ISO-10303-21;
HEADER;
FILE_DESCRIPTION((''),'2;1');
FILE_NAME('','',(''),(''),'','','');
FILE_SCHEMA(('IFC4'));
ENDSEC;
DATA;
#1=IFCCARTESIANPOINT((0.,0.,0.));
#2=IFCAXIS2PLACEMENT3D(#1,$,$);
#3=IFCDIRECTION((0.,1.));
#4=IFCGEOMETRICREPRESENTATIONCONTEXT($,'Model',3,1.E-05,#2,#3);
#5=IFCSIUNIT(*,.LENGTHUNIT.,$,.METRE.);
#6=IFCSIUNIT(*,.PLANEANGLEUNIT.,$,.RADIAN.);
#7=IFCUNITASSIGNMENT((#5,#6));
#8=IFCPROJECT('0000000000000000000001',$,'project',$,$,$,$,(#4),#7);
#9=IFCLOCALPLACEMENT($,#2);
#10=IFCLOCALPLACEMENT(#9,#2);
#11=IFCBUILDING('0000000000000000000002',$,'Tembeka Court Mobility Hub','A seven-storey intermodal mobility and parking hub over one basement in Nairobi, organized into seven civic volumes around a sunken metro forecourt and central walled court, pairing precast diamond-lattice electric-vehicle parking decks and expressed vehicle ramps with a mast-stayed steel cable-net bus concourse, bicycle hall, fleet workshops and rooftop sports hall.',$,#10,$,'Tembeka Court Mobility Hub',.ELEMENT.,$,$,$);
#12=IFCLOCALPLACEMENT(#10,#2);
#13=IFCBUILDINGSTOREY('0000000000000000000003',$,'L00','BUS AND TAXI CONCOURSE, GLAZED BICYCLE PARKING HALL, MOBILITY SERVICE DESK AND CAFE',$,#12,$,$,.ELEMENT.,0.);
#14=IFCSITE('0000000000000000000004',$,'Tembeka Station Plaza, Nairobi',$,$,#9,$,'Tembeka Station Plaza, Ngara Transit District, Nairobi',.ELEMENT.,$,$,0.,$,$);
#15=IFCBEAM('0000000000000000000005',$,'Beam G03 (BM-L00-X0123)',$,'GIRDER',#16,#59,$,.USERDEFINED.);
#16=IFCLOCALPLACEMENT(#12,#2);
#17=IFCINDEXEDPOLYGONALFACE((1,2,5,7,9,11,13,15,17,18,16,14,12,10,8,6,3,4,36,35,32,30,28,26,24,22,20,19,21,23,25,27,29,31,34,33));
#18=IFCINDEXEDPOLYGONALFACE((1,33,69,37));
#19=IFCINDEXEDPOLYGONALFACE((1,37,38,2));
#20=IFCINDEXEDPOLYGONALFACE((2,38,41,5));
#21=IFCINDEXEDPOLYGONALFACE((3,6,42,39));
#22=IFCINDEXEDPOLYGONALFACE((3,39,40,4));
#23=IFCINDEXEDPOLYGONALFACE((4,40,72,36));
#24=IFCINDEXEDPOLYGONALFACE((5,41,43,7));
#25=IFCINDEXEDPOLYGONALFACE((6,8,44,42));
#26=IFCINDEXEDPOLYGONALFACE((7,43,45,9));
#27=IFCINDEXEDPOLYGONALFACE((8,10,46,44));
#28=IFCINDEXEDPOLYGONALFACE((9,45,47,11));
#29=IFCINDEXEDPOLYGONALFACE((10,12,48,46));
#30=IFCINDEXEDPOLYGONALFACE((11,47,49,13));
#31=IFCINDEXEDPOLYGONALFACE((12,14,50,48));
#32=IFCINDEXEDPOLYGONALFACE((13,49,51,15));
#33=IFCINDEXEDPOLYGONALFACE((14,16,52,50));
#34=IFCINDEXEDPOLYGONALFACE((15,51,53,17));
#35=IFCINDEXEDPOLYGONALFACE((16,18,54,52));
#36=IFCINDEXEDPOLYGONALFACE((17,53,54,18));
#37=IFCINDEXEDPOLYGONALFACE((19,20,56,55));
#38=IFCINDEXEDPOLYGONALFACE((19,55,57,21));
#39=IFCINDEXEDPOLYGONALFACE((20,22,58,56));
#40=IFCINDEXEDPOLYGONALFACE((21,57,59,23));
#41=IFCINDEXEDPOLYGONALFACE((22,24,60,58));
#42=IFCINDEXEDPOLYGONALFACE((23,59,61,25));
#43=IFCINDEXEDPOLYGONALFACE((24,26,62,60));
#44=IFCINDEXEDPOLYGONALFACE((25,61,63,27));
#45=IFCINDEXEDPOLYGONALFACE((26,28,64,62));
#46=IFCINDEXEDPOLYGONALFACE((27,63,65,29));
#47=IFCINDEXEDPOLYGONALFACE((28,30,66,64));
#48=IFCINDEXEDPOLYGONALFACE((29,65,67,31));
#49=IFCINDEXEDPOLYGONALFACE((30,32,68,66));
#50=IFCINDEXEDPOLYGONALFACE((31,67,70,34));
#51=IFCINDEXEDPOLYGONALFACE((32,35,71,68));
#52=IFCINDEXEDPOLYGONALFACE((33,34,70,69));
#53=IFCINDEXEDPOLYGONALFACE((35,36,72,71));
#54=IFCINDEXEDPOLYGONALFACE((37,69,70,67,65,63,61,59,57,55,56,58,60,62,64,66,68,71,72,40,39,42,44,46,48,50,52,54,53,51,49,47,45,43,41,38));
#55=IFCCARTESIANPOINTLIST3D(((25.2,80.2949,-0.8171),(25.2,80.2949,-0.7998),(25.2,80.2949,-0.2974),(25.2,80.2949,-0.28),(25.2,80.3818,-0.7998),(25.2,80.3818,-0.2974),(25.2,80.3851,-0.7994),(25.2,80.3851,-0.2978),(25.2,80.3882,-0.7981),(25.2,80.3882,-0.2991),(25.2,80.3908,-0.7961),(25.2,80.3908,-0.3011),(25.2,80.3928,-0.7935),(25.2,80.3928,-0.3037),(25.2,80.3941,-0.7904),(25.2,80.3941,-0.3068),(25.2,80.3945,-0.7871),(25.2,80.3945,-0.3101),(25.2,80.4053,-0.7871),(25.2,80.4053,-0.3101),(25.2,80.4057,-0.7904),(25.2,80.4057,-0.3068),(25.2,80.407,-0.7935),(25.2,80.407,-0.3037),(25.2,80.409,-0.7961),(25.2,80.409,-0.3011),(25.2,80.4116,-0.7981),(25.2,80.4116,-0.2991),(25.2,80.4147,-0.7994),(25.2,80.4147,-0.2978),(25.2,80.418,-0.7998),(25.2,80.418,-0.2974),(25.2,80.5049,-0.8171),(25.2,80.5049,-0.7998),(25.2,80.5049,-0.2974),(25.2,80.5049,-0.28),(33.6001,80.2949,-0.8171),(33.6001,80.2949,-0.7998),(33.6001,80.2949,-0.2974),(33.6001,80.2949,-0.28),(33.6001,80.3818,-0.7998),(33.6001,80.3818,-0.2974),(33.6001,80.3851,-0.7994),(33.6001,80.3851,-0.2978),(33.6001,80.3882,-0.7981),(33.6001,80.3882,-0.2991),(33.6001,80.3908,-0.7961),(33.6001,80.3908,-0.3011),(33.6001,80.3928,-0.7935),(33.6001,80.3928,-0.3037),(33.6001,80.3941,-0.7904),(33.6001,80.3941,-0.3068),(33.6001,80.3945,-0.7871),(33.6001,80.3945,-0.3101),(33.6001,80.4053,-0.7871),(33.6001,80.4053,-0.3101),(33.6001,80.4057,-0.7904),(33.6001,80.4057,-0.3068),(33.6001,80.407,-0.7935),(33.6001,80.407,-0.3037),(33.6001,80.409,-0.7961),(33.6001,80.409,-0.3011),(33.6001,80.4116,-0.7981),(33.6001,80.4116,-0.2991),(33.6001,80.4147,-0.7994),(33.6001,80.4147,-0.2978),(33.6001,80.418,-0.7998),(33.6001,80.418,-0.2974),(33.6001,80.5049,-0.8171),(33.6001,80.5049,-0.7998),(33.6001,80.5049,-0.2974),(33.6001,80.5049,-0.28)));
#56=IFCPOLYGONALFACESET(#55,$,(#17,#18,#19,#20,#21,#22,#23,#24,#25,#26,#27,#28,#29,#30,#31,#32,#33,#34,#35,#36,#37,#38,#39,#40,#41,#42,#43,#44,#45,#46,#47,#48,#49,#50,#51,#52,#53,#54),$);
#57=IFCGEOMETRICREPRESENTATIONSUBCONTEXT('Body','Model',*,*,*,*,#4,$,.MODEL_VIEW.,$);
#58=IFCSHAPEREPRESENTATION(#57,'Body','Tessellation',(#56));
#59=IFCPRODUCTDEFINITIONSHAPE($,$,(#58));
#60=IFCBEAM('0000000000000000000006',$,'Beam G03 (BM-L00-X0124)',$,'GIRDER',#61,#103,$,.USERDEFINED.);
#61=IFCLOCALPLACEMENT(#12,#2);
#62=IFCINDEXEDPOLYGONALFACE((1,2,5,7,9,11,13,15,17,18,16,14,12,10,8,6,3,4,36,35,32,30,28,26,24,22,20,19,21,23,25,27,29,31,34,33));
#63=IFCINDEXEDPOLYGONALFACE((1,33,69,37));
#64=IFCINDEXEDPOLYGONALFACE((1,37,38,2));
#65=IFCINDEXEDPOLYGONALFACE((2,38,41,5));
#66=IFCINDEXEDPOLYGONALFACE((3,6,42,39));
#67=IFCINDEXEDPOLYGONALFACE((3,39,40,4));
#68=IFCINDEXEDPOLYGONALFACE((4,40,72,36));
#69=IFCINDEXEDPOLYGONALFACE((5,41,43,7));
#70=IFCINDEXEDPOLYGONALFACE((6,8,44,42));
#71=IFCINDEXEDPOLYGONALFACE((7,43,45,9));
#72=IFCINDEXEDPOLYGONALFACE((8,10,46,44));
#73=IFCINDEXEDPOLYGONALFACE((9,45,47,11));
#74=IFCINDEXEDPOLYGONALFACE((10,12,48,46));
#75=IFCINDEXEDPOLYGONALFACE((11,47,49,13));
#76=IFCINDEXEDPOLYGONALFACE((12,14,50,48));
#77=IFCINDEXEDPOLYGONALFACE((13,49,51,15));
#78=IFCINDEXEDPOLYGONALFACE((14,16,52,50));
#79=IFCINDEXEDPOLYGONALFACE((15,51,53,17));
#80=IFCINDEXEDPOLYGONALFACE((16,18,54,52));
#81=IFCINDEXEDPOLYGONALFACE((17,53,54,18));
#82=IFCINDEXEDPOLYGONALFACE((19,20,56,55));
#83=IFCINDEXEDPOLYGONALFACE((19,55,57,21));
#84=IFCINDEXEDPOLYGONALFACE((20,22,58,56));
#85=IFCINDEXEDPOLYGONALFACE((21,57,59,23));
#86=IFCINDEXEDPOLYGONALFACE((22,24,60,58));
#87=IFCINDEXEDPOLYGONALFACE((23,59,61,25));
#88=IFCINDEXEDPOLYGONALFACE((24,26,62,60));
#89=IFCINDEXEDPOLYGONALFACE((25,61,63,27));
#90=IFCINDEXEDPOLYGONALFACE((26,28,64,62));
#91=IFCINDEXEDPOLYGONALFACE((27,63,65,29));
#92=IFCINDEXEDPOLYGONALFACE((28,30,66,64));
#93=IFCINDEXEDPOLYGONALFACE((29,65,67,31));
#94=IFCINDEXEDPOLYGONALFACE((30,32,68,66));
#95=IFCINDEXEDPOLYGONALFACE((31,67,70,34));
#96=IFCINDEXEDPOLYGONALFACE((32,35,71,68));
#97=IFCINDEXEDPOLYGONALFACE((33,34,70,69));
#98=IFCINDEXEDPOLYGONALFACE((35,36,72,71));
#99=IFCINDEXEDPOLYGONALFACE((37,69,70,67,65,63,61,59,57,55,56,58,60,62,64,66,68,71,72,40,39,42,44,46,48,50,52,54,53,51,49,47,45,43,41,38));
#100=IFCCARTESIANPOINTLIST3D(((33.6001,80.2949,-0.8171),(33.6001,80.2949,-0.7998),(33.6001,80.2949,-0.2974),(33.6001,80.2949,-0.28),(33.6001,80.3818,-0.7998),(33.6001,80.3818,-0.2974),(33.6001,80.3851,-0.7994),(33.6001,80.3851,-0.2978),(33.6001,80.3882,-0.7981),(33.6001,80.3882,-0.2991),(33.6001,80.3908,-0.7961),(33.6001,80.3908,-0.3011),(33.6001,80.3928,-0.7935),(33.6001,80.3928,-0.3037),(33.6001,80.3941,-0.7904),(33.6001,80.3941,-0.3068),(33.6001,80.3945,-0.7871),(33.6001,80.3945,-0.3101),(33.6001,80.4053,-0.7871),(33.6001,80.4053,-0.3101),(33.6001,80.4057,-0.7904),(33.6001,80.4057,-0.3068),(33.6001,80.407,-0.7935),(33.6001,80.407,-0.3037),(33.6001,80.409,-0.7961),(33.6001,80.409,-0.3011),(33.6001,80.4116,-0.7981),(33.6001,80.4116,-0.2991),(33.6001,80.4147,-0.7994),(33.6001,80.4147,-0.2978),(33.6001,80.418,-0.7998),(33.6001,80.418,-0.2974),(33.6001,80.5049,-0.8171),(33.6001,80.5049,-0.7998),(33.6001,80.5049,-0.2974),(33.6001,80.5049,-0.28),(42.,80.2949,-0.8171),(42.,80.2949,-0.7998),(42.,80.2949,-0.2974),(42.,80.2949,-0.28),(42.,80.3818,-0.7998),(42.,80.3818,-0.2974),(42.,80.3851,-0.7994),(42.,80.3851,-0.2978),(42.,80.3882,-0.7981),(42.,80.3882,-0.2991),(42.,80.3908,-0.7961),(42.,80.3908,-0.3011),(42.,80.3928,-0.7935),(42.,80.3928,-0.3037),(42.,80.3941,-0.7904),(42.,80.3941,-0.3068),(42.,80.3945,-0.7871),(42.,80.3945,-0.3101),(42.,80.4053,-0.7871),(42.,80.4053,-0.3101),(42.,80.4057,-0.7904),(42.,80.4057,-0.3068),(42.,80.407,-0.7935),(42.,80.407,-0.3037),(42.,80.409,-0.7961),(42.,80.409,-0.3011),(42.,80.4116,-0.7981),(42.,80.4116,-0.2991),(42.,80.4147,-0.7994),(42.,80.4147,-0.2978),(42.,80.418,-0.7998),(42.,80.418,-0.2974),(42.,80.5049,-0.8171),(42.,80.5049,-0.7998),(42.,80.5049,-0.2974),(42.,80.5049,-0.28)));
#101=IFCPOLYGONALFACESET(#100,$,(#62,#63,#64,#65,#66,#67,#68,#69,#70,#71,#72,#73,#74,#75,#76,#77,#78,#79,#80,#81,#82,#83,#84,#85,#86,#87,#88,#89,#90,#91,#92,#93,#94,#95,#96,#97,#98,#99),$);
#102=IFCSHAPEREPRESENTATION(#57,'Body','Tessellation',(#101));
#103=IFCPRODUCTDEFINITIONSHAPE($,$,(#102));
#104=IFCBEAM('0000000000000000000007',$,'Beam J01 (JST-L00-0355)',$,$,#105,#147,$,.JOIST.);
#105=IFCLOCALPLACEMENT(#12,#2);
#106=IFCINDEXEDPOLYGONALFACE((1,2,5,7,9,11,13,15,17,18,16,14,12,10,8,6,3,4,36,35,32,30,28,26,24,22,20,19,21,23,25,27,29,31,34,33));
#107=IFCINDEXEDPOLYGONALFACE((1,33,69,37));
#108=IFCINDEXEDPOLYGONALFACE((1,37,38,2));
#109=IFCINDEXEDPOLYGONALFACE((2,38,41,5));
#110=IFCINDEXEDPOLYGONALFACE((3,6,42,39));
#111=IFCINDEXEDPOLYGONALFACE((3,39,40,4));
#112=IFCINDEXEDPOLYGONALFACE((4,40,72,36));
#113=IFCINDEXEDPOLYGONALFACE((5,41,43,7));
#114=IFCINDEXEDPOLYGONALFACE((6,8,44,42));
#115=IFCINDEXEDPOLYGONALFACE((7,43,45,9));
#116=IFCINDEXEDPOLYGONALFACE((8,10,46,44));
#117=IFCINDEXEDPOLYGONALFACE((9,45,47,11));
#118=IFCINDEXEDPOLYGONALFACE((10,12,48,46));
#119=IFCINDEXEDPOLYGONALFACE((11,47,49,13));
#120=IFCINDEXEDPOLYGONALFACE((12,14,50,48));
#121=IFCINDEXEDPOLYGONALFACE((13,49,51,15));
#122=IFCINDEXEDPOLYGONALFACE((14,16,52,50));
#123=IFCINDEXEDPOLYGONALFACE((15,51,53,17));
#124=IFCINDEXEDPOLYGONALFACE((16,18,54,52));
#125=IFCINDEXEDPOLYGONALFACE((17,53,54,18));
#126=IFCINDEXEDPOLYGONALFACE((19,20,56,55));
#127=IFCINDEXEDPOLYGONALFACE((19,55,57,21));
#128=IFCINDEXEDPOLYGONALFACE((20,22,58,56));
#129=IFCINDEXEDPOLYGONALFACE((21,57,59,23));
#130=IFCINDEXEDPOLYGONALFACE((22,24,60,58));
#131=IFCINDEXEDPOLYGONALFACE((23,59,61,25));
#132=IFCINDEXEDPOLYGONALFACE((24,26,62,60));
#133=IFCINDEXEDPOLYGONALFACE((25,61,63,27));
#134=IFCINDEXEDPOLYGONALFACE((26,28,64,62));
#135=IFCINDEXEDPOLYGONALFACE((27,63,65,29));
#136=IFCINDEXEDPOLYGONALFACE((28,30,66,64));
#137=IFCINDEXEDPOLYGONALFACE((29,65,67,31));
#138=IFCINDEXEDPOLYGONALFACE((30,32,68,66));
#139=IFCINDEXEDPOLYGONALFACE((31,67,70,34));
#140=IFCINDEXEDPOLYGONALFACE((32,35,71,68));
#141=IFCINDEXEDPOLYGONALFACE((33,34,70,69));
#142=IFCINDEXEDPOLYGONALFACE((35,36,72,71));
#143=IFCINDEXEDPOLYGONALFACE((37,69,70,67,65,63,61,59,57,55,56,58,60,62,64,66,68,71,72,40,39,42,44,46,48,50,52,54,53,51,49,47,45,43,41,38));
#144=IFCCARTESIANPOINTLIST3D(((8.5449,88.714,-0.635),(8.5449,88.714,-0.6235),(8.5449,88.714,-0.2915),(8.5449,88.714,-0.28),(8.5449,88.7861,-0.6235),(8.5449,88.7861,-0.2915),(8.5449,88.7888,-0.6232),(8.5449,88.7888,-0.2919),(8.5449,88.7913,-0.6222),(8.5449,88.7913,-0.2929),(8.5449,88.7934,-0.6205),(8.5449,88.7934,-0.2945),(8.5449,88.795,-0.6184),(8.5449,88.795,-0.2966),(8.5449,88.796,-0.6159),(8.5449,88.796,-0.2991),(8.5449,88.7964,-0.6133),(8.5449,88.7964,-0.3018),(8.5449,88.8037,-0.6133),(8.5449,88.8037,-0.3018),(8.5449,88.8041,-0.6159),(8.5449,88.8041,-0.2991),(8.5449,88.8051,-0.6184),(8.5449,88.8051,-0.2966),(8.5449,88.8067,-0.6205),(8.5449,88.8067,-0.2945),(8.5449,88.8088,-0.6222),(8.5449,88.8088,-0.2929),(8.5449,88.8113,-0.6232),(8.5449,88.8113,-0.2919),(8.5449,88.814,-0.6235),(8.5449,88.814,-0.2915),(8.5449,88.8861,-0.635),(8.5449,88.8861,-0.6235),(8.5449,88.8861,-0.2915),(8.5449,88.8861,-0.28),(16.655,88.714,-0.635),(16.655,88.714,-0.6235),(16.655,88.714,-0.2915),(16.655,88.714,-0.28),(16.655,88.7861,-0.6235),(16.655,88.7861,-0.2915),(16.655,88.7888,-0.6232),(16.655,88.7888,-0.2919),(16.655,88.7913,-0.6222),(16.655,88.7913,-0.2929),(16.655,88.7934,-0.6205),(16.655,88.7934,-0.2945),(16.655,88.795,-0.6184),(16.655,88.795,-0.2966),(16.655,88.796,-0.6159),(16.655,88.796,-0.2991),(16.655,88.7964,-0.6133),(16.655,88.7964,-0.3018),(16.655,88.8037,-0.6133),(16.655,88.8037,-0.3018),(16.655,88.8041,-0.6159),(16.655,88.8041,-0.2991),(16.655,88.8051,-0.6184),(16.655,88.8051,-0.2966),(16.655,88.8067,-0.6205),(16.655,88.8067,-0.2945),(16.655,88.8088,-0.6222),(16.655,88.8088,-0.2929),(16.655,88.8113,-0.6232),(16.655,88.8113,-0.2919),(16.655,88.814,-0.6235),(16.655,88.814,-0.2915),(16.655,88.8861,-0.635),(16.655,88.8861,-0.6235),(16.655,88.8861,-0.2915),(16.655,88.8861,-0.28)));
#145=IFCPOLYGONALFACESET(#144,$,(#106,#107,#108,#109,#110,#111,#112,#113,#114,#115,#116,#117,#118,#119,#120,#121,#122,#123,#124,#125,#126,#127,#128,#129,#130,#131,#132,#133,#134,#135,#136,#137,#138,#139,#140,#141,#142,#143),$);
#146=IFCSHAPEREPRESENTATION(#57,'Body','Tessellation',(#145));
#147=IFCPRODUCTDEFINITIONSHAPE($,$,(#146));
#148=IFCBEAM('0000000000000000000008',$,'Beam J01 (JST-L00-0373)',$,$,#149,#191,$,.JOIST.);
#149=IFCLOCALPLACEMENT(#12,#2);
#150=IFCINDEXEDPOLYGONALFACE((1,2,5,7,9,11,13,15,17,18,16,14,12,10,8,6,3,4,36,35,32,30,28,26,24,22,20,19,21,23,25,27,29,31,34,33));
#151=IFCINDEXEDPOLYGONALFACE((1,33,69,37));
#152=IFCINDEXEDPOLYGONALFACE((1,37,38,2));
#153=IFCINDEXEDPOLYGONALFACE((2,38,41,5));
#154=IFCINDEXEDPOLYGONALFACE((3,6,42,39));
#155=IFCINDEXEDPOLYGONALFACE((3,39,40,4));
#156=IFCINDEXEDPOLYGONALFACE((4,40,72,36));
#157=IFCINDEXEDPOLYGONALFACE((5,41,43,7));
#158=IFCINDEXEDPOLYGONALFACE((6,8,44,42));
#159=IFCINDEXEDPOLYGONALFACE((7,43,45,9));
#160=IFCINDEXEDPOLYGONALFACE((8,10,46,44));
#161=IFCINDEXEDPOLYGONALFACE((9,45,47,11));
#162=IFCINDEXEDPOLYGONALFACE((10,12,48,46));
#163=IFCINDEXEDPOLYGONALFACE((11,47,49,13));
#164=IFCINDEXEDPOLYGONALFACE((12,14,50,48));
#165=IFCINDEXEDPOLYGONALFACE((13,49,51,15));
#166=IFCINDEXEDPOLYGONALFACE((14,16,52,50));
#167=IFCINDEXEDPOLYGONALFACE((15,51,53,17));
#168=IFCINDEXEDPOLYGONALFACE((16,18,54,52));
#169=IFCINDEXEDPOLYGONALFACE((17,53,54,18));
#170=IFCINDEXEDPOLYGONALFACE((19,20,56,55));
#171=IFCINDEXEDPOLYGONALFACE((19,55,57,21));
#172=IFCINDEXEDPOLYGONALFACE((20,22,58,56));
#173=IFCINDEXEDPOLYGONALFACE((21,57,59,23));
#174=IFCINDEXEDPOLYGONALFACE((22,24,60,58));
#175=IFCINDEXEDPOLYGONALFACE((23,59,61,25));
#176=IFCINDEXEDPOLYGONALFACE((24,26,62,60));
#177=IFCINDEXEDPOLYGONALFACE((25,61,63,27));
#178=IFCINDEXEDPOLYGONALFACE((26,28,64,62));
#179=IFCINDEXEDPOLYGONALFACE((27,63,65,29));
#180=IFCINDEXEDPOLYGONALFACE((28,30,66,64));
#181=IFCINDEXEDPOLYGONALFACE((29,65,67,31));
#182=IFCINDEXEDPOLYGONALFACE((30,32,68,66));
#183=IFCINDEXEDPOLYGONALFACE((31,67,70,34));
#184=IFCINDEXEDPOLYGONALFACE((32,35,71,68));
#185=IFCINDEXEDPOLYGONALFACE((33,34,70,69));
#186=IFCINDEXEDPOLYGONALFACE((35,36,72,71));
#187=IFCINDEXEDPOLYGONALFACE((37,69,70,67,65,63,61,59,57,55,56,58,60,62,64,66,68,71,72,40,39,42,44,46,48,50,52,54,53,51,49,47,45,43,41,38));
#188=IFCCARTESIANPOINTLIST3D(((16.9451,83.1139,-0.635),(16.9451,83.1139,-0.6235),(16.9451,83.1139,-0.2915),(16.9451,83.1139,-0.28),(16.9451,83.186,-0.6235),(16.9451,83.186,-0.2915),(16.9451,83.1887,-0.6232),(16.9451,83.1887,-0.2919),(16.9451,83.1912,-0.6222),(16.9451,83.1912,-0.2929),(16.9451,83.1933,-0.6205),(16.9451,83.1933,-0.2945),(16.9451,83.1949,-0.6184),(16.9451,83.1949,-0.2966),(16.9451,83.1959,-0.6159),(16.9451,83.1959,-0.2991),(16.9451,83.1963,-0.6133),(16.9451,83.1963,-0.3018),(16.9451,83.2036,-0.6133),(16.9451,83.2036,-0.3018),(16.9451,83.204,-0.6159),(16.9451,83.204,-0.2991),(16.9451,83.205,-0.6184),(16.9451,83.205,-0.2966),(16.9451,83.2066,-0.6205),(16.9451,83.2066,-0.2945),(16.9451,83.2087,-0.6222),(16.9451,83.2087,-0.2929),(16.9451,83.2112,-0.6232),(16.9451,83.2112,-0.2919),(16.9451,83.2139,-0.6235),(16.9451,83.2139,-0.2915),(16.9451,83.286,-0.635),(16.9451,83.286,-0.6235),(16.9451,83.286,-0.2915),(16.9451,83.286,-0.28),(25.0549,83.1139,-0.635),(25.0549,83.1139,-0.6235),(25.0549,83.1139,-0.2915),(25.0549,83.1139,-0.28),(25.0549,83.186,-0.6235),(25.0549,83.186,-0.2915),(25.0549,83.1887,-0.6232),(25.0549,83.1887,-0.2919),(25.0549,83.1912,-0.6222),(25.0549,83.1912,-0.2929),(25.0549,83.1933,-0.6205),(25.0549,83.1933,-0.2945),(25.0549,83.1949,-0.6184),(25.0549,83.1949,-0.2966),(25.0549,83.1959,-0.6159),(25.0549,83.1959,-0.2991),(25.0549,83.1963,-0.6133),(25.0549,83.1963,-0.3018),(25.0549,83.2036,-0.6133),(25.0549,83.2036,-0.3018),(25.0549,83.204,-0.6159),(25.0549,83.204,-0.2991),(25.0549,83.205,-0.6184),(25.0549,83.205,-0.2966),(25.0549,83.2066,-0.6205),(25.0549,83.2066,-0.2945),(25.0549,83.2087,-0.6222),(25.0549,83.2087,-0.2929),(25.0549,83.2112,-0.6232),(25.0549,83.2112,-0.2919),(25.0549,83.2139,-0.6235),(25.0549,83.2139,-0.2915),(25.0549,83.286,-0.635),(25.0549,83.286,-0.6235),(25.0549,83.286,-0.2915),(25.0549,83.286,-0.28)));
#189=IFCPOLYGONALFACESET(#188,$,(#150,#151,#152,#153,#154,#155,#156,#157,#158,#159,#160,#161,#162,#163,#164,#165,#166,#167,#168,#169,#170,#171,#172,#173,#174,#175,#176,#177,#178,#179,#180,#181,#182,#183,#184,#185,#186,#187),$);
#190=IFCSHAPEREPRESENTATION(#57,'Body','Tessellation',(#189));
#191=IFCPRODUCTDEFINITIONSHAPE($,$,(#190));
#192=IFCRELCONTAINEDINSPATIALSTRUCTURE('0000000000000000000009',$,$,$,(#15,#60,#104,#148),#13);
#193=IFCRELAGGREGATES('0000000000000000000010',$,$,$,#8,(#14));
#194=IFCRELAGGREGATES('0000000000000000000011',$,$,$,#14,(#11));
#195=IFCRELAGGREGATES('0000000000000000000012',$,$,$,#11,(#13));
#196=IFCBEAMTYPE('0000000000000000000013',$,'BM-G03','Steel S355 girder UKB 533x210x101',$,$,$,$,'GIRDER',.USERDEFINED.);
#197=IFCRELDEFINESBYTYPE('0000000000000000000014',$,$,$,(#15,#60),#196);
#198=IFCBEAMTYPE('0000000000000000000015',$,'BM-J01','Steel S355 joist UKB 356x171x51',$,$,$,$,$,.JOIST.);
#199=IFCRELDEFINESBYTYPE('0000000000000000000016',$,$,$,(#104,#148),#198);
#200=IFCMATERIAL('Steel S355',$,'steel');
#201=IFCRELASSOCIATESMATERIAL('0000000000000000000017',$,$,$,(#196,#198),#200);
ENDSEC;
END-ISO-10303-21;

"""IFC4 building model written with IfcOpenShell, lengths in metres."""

from ifc_helpers import new_model, si_unit, direction, frame, origin, origin_2d, place, context, subcontext, project, spatial, i_section, extrude, material, material_profile, profile_set, type_object, element, save


model = new_model("IFC4")

# Units and contexts
model_context = context("Model", 3, precision=1e-05, world=origin(), true_north=direction((0.0, 1.0)))
body_context = subcontext(model_context, "Body", "Model", "MODEL_VIEW")
ifc_project = project(units=[si_unit("LENGTHUNIT", "METRE"), si_unit("PLANEANGLEUNIT", "RADIAN")], contexts=[model_context])

# Site, building, storey
site_placement = place(None, origin())
site = spatial("IfcSite", under=ifc_project, at=site_placement, Name="Tembeka Station Plaza, Nairobi", LongName="Tembeka Station Plaza, Ngara Transit District, Nairobi", CompositionType="ELEMENT", RefElevation=0.0)
building_placement = place(site_placement, origin())
building = spatial("IfcBuilding", under=site, at=building_placement, Name="Tembeka Court Mobility Hub", Description="A seven-storey intermodal mobility and parking hub over one basement in Nairobi, organized into seven civic volumes around a sunken metro forecourt and central walled court, pairing precast diamond-lattice electric-vehicle parking decks and expressed vehicle ramps with a mast-stayed steel cable-net bus concourse, bicycle hall, fleet workshops and rooftop sports hall.", LongName="Tembeka Court Mobility Hub", CompositionType="ELEMENT")
storey_placement = place(building_placement, origin())
storey = spatial("IfcBuildingStorey", under=building, at=storey_placement, Name="L00", Description="BUS AND TAXI CONCOURSE, GLAZED BICYCLE PARKING HALL, MOBILITY SERVICE DESK AND CAFE", CompositionType="ELEMENT", Elevation=0.0)

# Shared definitions
ifc_material = material(Name="Steel S355", Category="steel")

# Beams
ifc_material_profile_1 = material_profile(ifc_material, i_section(OverallWidth=0.21, OverallDepth=0.5371, WebThickness=0.0107, FlangeThickness=0.0173, FilletRadius=0.0127, at=origin_2d()), Name="UKB 533x210x101")
ifc_profile_set_1 = profile_set([ifc_material_profile_1], Name="Steel S355")
beam_type_1 = type_object("IfcBeamType", Name="BM-G03", Description="Steel S355 girder UKB 533x210x101", ElementType="GIRDER", PredefinedType="USERDEFINED", material=ifc_profile_set_1)
beam_1_placement = place(storey_placement, frame((25.2, 80.3999, -0.5486), z_axis=(1.0, 0.0, 0.0), x_axis=(0.0, 1.0, 0.0)))
element("IfcBeam", 1, at=beam_1_placement, inside=storey, type_object=beam_type_1, Name="Beam G03 (BM-L00-X0123)", ObjectType="GIRDER", PredefinedType="USERDEFINED", context=body_context, shape_type="SweptSolid", body=[
    extrude(i_section(OverallWidth=0.21, OverallDepth=0.5371, WebThickness=0.0107, FlangeThickness=0.0173, FilletRadius=0.0127, at=origin_2d()), origin(), (0.0, 0.0, 1.0), 8.4001),
])
beam_2_placement = place(storey_placement, frame((33.6001, 80.3999, -0.5486), z_axis=(1.0, 0.0, 0.0), x_axis=(0.0, 1.0, 0.0)))
element("IfcBeam", 2, at=beam_2_placement, inside=storey, type_object=beam_type_1, Name="Beam G03 (BM-L00-X0124)", ObjectType="GIRDER", PredefinedType="USERDEFINED", context=body_context, shape_type="SweptSolid", body=[
    extrude(i_section(OverallWidth=0.21, OverallDepth=0.5371, WebThickness=0.0107, FlangeThickness=0.0173, FilletRadius=0.0127, at=origin_2d()), origin(), (0.0, 0.0, 1.0), 8.3999),
])
ifc_material_profile_2 = material_profile(ifc_material, i_section(OverallWidth=0.1721, OverallDepth=0.355, WebThickness=0.0073, FlangeThickness=0.0115, FilletRadius=0.0103, at=origin_2d()), Name="UKB 356x171x51")
ifc_profile_set_2 = profile_set([ifc_material_profile_2], Name="Steel S355")
beam_type_2 = type_object("IfcBeamType", Name="BM-J01", Description="Steel S355 joist UKB 356x171x51", PredefinedType="JOIST", material=ifc_profile_set_2)
beam_3_placement = place(storey_placement, frame((8.5449, 88.8, -0.4575), z_axis=(1.0, 0.0, 0.0), x_axis=(0.0, 1.0, 0.0)))
element("IfcBeam", 3, at=beam_3_placement, inside=storey, type_object=beam_type_2, Name="Beam J01 (JST-L00-0355)", PredefinedType="JOIST", context=body_context, shape_type="SweptSolid", body=[
    extrude(i_section(OverallWidth=0.1721, OverallDepth=0.355, WebThickness=0.0073, FlangeThickness=0.0115, FilletRadius=0.0103, at=origin_2d()), origin(), (0.0, 0.0, 1.0), 8.1101),
])
for number, where, z_axis, x_axis, name in (
    (4, (16.9451, 83.2, -0.4575), (1.0, 0.0, 0.0), (0.0, 1.0, 0.0), "Beam J01 (JST-L00-0373)"),
):
    element("IfcBeam", number, at=place(storey_placement, frame(where, z_axis=z_axis, x_axis=x_axis)), inside=storey, type_object=beam_type_2, Name=name, PredefinedType="JOIST", context=body_context, shape_type="SweptSolid", body=[
        extrude(i_section(OverallWidth=0.1721, OverallDepth=0.355, WebThickness=0.0073, FlangeThickness=0.0115, FilletRadius=0.0103, at=origin_2d()), origin(), (0.0, 0.0, 1.0), 8.1099),
    ])

save(model, "model.ifc")
